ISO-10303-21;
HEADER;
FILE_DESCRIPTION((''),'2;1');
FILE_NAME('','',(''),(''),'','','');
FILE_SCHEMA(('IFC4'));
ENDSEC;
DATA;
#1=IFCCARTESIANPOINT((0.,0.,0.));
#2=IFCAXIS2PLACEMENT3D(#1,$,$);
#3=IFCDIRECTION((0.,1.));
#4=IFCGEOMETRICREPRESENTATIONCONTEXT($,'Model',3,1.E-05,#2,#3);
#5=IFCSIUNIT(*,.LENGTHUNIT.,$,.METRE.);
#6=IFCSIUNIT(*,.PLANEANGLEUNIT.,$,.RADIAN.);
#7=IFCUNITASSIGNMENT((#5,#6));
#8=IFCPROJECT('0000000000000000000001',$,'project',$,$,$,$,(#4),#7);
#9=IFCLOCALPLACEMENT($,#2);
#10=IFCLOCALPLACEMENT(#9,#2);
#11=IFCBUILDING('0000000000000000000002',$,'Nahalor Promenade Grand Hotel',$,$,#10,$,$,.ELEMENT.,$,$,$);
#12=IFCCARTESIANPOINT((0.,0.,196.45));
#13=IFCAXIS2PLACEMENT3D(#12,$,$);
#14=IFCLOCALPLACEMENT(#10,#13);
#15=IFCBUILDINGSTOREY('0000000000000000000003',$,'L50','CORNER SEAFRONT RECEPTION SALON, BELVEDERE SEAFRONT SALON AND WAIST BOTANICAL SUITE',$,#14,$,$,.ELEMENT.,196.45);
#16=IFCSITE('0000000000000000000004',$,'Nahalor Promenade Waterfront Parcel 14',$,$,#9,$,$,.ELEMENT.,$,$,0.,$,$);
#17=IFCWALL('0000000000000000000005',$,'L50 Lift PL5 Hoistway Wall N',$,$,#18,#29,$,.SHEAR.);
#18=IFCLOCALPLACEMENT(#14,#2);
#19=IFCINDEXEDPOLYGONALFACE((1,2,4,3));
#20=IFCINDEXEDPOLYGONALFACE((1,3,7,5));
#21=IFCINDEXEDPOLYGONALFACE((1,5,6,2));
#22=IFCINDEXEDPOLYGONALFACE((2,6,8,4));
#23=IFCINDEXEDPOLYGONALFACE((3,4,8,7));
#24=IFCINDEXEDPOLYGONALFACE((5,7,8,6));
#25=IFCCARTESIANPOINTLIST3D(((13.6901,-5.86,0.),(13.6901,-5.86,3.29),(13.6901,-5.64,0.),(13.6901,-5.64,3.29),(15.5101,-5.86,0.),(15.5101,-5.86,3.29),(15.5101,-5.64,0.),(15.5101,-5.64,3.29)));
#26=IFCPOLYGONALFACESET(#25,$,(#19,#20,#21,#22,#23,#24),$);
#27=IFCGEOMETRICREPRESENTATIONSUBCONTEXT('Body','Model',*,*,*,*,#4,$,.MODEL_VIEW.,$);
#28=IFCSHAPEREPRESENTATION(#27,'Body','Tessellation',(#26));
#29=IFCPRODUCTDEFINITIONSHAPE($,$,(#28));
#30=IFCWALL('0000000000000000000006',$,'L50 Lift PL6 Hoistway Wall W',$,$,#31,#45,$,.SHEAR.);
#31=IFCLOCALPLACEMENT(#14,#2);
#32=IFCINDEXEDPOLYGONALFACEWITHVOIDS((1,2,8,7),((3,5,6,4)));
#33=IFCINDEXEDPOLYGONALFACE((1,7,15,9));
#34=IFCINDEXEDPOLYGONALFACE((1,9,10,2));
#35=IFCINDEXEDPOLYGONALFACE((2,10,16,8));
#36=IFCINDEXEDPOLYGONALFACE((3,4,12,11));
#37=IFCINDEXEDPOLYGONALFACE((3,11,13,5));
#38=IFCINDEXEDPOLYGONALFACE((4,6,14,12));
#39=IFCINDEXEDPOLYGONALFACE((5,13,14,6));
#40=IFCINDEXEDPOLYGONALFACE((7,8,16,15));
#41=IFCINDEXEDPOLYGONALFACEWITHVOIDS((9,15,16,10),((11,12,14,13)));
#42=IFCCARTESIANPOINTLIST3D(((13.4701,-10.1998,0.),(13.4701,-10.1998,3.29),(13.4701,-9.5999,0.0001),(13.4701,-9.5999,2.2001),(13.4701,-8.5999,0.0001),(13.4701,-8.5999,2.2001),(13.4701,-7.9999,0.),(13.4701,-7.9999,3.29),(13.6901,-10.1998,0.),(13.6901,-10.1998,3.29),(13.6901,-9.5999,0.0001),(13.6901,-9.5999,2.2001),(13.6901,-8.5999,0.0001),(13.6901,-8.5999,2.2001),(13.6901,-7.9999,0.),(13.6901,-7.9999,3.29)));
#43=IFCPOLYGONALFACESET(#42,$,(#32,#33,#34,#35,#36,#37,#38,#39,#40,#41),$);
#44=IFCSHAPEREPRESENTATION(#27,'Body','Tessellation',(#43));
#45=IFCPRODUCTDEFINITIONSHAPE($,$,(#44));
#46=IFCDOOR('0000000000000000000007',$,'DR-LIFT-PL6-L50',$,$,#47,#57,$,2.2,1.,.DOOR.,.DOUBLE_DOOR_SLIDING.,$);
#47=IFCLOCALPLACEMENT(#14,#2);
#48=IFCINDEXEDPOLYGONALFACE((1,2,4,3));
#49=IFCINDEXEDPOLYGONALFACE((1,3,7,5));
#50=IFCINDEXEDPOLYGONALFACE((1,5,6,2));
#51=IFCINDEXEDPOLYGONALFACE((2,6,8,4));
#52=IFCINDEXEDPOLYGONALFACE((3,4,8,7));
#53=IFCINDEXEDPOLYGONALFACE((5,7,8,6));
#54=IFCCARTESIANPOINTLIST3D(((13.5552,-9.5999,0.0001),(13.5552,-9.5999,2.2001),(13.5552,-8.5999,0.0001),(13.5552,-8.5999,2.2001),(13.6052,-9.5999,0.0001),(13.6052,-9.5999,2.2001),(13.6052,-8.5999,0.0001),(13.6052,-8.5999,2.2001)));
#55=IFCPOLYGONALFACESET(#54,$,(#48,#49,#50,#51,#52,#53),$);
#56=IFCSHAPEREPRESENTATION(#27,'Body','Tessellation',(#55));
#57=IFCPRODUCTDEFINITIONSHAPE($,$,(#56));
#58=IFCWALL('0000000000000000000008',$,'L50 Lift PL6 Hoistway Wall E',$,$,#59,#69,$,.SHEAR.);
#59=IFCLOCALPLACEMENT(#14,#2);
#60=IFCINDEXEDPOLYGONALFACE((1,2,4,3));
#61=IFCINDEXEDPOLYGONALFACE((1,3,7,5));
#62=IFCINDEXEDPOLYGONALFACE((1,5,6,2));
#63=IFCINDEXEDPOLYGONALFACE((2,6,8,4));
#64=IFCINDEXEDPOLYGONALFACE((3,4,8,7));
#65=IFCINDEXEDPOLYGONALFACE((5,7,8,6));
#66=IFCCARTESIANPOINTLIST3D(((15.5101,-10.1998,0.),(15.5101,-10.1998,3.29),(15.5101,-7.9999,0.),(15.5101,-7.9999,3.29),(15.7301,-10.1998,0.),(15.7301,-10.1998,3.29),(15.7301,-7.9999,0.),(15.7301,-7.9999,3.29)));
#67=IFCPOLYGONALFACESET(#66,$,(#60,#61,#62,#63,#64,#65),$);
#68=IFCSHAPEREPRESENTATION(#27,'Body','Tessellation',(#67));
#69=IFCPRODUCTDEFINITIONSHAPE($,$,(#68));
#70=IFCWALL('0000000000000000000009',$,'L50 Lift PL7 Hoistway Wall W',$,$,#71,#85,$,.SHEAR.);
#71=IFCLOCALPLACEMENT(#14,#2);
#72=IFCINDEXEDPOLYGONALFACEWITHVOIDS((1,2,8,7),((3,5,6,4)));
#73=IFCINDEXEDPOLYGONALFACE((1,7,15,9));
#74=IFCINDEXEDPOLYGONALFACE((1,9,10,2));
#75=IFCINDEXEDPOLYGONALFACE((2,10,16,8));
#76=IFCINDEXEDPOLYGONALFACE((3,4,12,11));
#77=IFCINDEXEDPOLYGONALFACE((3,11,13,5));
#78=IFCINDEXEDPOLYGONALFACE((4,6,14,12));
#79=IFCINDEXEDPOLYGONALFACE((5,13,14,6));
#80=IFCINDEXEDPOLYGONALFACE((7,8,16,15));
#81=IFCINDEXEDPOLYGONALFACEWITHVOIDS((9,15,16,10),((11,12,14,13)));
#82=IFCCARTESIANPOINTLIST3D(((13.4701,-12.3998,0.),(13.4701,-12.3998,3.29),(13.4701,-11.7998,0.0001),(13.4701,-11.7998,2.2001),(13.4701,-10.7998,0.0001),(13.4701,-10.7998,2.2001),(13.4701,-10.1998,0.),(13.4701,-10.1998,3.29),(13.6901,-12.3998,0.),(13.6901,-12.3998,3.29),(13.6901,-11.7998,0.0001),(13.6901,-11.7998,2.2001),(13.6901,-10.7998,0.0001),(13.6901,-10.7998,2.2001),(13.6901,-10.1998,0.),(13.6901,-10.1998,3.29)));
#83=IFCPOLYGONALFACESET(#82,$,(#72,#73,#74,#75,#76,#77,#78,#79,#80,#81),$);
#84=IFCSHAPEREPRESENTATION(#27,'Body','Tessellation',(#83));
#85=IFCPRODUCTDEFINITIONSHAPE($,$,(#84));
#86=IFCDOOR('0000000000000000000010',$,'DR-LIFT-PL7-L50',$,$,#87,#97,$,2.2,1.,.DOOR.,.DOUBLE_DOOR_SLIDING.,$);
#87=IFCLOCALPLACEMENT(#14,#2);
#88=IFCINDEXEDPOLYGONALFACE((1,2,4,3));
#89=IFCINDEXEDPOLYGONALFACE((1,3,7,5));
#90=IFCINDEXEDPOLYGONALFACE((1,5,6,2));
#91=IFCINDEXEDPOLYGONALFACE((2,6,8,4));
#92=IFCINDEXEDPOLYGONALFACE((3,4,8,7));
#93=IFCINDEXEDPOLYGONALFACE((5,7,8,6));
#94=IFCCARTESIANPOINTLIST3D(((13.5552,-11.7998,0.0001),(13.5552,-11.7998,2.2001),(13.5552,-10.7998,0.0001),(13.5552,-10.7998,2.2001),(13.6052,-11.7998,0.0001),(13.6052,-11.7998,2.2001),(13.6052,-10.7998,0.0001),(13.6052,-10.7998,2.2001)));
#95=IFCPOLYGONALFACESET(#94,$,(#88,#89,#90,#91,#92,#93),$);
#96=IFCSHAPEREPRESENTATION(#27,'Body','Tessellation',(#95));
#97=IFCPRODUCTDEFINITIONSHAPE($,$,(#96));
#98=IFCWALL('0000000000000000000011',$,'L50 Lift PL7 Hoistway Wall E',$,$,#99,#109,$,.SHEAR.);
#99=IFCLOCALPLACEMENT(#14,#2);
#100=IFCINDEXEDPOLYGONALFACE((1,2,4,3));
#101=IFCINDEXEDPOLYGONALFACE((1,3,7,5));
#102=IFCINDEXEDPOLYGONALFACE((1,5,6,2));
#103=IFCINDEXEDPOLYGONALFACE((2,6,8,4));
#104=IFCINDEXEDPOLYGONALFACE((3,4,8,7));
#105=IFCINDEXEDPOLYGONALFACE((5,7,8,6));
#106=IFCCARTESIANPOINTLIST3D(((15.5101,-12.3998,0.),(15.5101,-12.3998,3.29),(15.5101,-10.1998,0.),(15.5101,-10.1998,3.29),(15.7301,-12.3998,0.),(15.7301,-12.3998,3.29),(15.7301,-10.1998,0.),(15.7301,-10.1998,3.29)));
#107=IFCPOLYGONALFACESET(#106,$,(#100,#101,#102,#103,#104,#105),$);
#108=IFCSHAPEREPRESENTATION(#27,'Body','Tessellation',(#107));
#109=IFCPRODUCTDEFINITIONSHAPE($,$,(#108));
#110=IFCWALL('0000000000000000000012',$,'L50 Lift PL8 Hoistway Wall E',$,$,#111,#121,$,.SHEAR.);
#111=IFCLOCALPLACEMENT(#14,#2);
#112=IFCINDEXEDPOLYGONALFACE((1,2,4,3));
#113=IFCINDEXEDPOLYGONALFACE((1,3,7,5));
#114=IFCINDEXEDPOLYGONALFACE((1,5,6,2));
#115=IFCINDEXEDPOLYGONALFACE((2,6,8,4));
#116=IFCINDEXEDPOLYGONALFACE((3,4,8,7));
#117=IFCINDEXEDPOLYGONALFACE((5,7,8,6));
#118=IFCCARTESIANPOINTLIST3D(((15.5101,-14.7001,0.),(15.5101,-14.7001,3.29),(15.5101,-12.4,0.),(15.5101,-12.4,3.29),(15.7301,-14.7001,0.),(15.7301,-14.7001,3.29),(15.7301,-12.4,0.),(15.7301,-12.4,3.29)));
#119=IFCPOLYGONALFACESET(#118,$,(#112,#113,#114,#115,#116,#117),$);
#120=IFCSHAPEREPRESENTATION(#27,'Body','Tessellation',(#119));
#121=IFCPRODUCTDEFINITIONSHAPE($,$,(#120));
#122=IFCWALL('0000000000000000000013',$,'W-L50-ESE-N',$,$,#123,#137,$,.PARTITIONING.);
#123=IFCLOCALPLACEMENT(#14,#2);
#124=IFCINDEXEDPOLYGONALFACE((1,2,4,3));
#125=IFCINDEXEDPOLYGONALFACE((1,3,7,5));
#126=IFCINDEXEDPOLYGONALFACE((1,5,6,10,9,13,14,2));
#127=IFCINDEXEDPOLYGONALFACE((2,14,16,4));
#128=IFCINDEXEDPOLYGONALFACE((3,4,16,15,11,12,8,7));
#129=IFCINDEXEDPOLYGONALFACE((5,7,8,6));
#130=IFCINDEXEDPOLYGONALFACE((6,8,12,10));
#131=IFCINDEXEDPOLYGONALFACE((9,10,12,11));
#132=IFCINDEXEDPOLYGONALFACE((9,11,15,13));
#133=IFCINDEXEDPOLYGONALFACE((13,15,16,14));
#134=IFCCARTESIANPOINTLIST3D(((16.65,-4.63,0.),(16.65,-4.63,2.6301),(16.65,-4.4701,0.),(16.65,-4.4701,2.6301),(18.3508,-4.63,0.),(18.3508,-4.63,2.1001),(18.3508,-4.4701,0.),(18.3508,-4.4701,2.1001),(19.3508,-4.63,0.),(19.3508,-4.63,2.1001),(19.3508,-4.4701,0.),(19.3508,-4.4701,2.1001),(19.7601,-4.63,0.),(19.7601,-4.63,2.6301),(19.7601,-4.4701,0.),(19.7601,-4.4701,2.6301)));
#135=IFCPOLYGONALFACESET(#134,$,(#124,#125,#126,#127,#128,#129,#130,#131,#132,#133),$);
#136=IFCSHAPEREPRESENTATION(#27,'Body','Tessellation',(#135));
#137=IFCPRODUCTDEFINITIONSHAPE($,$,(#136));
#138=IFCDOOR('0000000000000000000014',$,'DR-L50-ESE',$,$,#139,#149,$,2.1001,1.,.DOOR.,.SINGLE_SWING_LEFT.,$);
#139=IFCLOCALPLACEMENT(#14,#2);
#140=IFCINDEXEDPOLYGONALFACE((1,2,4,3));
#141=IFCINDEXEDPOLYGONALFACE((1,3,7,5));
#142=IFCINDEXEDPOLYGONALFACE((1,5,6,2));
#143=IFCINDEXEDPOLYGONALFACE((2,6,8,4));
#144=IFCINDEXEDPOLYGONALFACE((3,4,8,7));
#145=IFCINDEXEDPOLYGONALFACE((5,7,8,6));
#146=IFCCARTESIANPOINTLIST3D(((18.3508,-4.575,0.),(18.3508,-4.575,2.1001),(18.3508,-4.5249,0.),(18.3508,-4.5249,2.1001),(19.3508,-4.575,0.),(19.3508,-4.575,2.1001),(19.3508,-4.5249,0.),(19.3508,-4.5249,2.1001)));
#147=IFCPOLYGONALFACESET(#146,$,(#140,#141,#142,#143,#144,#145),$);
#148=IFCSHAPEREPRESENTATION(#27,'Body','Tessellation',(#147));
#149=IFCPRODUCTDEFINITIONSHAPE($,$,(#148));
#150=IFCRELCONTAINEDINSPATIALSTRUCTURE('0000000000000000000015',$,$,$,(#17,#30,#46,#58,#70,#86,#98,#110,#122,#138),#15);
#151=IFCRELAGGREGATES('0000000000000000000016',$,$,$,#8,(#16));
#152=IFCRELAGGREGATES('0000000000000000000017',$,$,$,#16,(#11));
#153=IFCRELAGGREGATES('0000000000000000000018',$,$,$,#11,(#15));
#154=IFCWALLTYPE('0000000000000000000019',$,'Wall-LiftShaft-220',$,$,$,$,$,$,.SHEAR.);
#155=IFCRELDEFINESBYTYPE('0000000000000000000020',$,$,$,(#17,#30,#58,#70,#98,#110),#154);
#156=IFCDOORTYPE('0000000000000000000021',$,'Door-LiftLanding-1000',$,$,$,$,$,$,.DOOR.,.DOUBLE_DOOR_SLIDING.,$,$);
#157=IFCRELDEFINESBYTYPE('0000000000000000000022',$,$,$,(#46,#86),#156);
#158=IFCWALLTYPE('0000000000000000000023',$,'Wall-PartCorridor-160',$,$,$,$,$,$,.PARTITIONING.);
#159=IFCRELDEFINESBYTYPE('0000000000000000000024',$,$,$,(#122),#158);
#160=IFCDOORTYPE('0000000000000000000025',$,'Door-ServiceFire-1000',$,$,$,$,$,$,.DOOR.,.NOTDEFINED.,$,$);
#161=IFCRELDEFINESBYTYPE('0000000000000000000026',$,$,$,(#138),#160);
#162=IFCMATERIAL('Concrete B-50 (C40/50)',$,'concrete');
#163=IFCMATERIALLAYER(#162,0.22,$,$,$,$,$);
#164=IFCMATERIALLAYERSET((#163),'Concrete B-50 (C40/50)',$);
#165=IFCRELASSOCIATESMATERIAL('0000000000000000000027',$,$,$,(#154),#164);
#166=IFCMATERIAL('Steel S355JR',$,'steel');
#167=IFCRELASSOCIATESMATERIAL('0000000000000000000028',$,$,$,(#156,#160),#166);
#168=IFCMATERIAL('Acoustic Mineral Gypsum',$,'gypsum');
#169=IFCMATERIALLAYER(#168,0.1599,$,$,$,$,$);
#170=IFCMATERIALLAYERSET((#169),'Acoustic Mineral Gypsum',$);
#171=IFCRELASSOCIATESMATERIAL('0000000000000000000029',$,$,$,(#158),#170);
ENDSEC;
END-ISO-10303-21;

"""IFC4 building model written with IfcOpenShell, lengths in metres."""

from ifc_helpers import new_model, si_unit, direction, frame, frame_2d, origin, place, context, subcontext, project, spatial, rectangle, extrude, source, transform, mapped, material, layer, layer_set, type_object, element, fill, save


model = new_model("IFC4")

# Units and contexts
model_context = context("Model", 3, precision=1e-05, world=origin(), true_north=direction((0.0, 1.0)))
body_context = subcontext(model_context, "Body", "Model", "MODEL_VIEW")
ifc_project = project(units=[si_unit("LENGTHUNIT", "METRE"), si_unit("PLANEANGLEUNIT", "RADIAN")], contexts=[model_context])

# Site, building, storey
site_placement = place(None, origin())
site = spatial("IfcSite", under=ifc_project, at=site_placement, Name="Nahalor Promenade Waterfront Parcel 14", CompositionType="ELEMENT", RefElevation=0.0)
building_placement = place(site_placement, origin())
building = spatial("IfcBuilding", under=site, at=building_placement, Name="Nahalor Promenade Grand Hotel", CompositionType="ELEMENT")
storey_placement = place(building_placement, frame((0.0, 0.0, 196.45)))
storey = spatial("IfcBuildingStorey", under=building, at=storey_placement, Name="L50", Description="CORNER SEAFRONT RECEPTION SALON, BELVEDERE SEAFRONT SALON AND WAIST BOTANICAL SUITE", CompositionType="ELEMENT", Elevation=196.45)

# Shared definitions
ifc_material_1 = material(Name="Steel S355JR", Category="steel")

# Shared definitions
ifc_material_2 = material(Name="Concrete B-50 (C40/50)", Category="concrete")
ifc_layer_1 = layer(ifc_material_2, 0.22)
ifc_layer_set_1 = layer_set([ifc_layer_1], Name="Concrete B-50 (C40/50)")
wall_type_1 = type_object("IfcWallType", Name="Wall-LiftShaft-220", PredefinedType="SHEAR", material=ifc_layer_set_1)

# Shared definitions
door_type_1 = type_object("IfcDoorType", Name="Door-LiftLanding-1000", OperationType="DOUBLE_DOOR_SLIDING", PredefinedType="DOOR", material=ifc_material_1)
shared_shape_1 = source(origin(), body_context, "Body", "SweptSolid", [
    extrude(rectangle(XDim=1.0, YDim=2.2, at=frame_2d((0.5, 1.1001))), frame((0.0, 0.0249, 0.0), z_axis=(0.0, -1.0, 0.0), x_axis=(1.0, 0.0, 0.0)), (0.0, 0.0, 1.0), 0.05),
])

# Wall
shared_shape_2 = source(origin(), body_context, "Body", "SweptSolid", [
    extrude(rectangle(XDim=1.8201, YDim=0.22, at=frame_2d((0.9102, 0.0))), origin(), (0.0, 0.0, 1.0), 3.29),
])
wall_1_placement = place(storey_placement, frame((13.6899, -5.75, 0.0), z_axis=(0.0, 0.0, 1.0), x_axis=(1.0, 0.0, 0.0)))
element("IfcWall", 1, at=wall_1_placement, inside=storey, type_object=wall_type_1, Name="L50 Lift PL5 Hoistway Wall N", PredefinedType="SHEAR", context=body_context, shape_type="MappedRepresentation", body=[
    mapped(shared_shape_2, transform((0.0, 0.0, 0.0), scale=1.0)),
])

# Wall, opening, door
shared_shape_3 = source(origin(), body_context, "Body", "SweptSolid", [
    extrude(rectangle(XDim=2.2, YDim=0.22, at=frame_2d((1.1001, 0.0))), origin(), (0.0, 0.0, 1.0), 3.29),
])
wall_2_placement = place(storey_placement, frame((13.5801, -10.2, 0.0), z_axis=(0.0, 0.0, 1.0), x_axis=(0.0, 1.0, 0.0)))
wall_2 = element("IfcWall", 2, at=wall_2_placement, inside=storey, type_object=wall_type_1, Name="L50 Lift PL6 Hoistway Wall W", PredefinedType="SHEAR", context=body_context, shape_type="MappedRepresentation", body=[
    mapped(shared_shape_3, transform((0.0, 0.0, 0.0), scale=1.0)),
])
opening_1_placement = place(wall_2_placement, frame((0.6001, 0.0, 0.0)))
opening_1 = element("IfcOpeningElement", 3, at=opening_1_placement, cuts=wall_2, PredefinedType="OPENING", context=body_context, shape_type="SweptSolid", body=[
    extrude(rectangle(XDim=1.0, YDim=2.2, at=frame_2d((0.5, 1.1001))), frame((0.0, 0.1199, 0.0), z_axis=(0.0, -1.0, 0.0), x_axis=(1.0, 0.0, 0.0)), (0.0, 0.0, 1.0), 0.24),
])
door_1_placement = place(opening_1_placement, origin())
door_1 = element("IfcDoor", 4, at=door_1_placement, inside=storey, type_object=door_type_1, Name="DR-LIFT-PL6-L50", OperationType="DOUBLE_DOOR_SLIDING", OverallHeight=2.2, OverallWidth=1.0, PredefinedType="DOOR", context=body_context, shape_type="MappedRepresentation", body=[
    mapped(shared_shape_1, transform((0.0, 0.0, 0.0), scale=1.0)),
])
fill(opening_1, door_1)

# Wall
wall_3_placement = place(storey_placement, frame((15.6201, -10.2, 0.0), z_axis=(0.0, 0.0, 1.0), x_axis=(0.0, 1.0, 0.0)))
element("IfcWall", 5, at=wall_3_placement, inside=storey, type_object=wall_type_1, Name="L50 Lift PL6 Hoistway Wall E", PredefinedType="SHEAR", context=body_context, shape_type="MappedRepresentation", body=[
    mapped(shared_shape_3, transform((0.0, 0.0, 0.0), scale=1.0)),
])

# Wall, opening, door
wall_4_placement = place(storey_placement, frame((13.5801, -12.3999, 0.0), z_axis=(0.0, 0.0, 1.0), x_axis=(0.0, 1.0, 0.0)))
wall_4 = element("IfcWall", 6, at=wall_4_placement, inside=storey, type_object=wall_type_1, Name="L50 Lift PL7 Hoistway Wall W", PredefinedType="SHEAR", context=body_context, shape_type="MappedRepresentation", body=[
    mapped(shared_shape_3, transform((0.0, 0.0, 0.0), scale=1.0)),
])
opening_2_placement = place(wall_4_placement, frame((0.6001, 0.0, 0.0)))
opening_2 = element("IfcOpeningElement", 7, at=opening_2_placement, cuts=wall_4, PredefinedType="OPENING", context=body_context, shape_type="SweptSolid", body=[
    extrude(rectangle(XDim=1.0, YDim=2.2, at=frame_2d((0.5, 1.1001))), frame((0.0, 0.1199, 0.0), z_axis=(0.0, -1.0, 0.0), x_axis=(1.0, 0.0, 0.0)), (0.0, 0.0, 1.0), 0.24),
])
door_2_placement = place(opening_2_placement, origin())
door_2 = element("IfcDoor", 8, at=door_2_placement, inside=storey, type_object=door_type_1, Name="DR-LIFT-PL7-L50", OperationType="DOUBLE_DOOR_SLIDING", OverallHeight=2.2, OverallWidth=1.0, PredefinedType="DOOR", context=body_context, shape_type="MappedRepresentation", body=[
    mapped(shared_shape_1, transform((0.0, 0.0, 0.0), scale=1.0)),
])
fill(opening_2, door_2)

# Walls
wall_5_placement = place(storey_placement, frame((15.6201, -12.3999, 0.0), z_axis=(0.0, 0.0, 1.0), x_axis=(0.0, 1.0, 0.0)))
element("IfcWall", 9, at=wall_5_placement, inside=storey, type_object=wall_type_1, Name="L50 Lift PL7 Hoistway Wall E", PredefinedType="SHEAR", context=body_context, shape_type="MappedRepresentation", body=[
    mapped(shared_shape_3, transform((0.0, 0.0, 0.0), scale=1.0)),
])
shared_shape_4 = source(origin(), body_context, "Body", "SweptSolid", [
    extrude(rectangle(XDim=2.3, YDim=0.22, at=frame_2d((1.1499, 0.0))), origin(), (0.0, 0.0, 1.0), 3.29),
])
wall_6_placement = place(storey_placement, frame((15.6201, -14.7, 0.0), z_axis=(0.0, 0.0, 1.0), x_axis=(0.0, 1.0, 0.0)))
element("IfcWall", 10, at=wall_6_placement, inside=storey, type_object=wall_type_1, Name="L50 Lift PL8 Hoistway Wall E", PredefinedType="SHEAR", context=body_context, shape_type="MappedRepresentation", body=[
    mapped(shared_shape_4, transform((0.0, 0.0, 0.0), scale=1.0)),
])

# Wall, opening, door
ifc_material_3 = material(Name="Acoustic Mineral Gypsum", Category="gypsum")
ifc_layer_2 = layer(ifc_material_3, 0.1599)
ifc_layer_set_2 = layer_set([ifc_layer_2], Name="Acoustic Mineral Gypsum")
wall_type_2 = type_object("IfcWallType", Name="Wall-PartCorridor-160", PredefinedType="PARTITIONING", material=ifc_layer_set_2)
shared_shape_5 = source(origin(), body_context, "Body", "SweptSolid", [
    extrude(rectangle(XDim=3.1101, YDim=0.1599, at=frame_2d((1.5552, 0.0))), origin(), (0.0, 0.0, 1.0), 2.6301),
])
wall_7_placement = place(storey_placement, frame((16.6499, -4.55, 0.0), z_axis=(0.0, 0.0, 1.0), x_axis=(1.0, 0.0, 0.0)))
wall_7 = element("IfcWall", 11, at=wall_7_placement, inside=storey, type_object=wall_type_2, Name="W-L50-ESE-N", PredefinedType="PARTITIONING", context=body_context, shape_type="MappedRepresentation", body=[
    mapped(shared_shape_5, transform((0.0, 0.0, 0.0), scale=1.0)),
])
opening_3_placement = place(wall_7_placement, frame((1.7009, 0.0, 0.0)))
opening_3 = element("IfcOpeningElement", 12, at=opening_3_placement, cuts=wall_7, PredefinedType="OPENING", context=body_context, shape_type="SweptSolid", body=[
    extrude(rectangle(XDim=1.0, YDim=2.1001, at=frame_2d((0.5, 1.05))), frame((0.0, 0.0898, 0.0), z_axis=(0.0, -1.0, 0.0), x_axis=(1.0, 0.0, 0.0)), (0.0, 0.0, 1.0), 0.1799),
])
door_type_2 = type_object("IfcDoorType", Name="Door-ServiceFire-1000", OperationType="NOTDEFINED", PredefinedType="DOOR", material=ifc_material_1)
shared_shape_6 = source(origin(), body_context, "Body", "SweptSolid", [
    extrude(rectangle(XDim=1.0, YDim=2.1001, at=frame_2d((0.5, 1.05))), frame((0.0, 0.0249, 0.0), z_axis=(0.0, -1.0, 0.0), x_axis=(1.0, 0.0, 0.0)), (0.0, 0.0, 1.0), 0.05),
])
door_3_placement = place(opening_3_placement, frame((1.0, 0.0, 0.0), z_axis=(0.0, 0.0, 1.0), x_axis=(-1.0, 0.0, 0.0)))
door_3 = element("IfcDoor", 13, at=door_3_placement, inside=storey, type_object=door_type_2, Name="DR-L50-ESE", OperationType="SINGLE_SWING_LEFT", OverallHeight=2.1001, OverallWidth=1.0, PredefinedType="DOOR", context=body_context, shape_type="MappedRepresentation", body=[
    mapped(shared_shape_6, transform((0.0, 0.0, 0.0), scale=1.0)),
])
fill(opening_3, door_3)

save(model, "model.ifc")
